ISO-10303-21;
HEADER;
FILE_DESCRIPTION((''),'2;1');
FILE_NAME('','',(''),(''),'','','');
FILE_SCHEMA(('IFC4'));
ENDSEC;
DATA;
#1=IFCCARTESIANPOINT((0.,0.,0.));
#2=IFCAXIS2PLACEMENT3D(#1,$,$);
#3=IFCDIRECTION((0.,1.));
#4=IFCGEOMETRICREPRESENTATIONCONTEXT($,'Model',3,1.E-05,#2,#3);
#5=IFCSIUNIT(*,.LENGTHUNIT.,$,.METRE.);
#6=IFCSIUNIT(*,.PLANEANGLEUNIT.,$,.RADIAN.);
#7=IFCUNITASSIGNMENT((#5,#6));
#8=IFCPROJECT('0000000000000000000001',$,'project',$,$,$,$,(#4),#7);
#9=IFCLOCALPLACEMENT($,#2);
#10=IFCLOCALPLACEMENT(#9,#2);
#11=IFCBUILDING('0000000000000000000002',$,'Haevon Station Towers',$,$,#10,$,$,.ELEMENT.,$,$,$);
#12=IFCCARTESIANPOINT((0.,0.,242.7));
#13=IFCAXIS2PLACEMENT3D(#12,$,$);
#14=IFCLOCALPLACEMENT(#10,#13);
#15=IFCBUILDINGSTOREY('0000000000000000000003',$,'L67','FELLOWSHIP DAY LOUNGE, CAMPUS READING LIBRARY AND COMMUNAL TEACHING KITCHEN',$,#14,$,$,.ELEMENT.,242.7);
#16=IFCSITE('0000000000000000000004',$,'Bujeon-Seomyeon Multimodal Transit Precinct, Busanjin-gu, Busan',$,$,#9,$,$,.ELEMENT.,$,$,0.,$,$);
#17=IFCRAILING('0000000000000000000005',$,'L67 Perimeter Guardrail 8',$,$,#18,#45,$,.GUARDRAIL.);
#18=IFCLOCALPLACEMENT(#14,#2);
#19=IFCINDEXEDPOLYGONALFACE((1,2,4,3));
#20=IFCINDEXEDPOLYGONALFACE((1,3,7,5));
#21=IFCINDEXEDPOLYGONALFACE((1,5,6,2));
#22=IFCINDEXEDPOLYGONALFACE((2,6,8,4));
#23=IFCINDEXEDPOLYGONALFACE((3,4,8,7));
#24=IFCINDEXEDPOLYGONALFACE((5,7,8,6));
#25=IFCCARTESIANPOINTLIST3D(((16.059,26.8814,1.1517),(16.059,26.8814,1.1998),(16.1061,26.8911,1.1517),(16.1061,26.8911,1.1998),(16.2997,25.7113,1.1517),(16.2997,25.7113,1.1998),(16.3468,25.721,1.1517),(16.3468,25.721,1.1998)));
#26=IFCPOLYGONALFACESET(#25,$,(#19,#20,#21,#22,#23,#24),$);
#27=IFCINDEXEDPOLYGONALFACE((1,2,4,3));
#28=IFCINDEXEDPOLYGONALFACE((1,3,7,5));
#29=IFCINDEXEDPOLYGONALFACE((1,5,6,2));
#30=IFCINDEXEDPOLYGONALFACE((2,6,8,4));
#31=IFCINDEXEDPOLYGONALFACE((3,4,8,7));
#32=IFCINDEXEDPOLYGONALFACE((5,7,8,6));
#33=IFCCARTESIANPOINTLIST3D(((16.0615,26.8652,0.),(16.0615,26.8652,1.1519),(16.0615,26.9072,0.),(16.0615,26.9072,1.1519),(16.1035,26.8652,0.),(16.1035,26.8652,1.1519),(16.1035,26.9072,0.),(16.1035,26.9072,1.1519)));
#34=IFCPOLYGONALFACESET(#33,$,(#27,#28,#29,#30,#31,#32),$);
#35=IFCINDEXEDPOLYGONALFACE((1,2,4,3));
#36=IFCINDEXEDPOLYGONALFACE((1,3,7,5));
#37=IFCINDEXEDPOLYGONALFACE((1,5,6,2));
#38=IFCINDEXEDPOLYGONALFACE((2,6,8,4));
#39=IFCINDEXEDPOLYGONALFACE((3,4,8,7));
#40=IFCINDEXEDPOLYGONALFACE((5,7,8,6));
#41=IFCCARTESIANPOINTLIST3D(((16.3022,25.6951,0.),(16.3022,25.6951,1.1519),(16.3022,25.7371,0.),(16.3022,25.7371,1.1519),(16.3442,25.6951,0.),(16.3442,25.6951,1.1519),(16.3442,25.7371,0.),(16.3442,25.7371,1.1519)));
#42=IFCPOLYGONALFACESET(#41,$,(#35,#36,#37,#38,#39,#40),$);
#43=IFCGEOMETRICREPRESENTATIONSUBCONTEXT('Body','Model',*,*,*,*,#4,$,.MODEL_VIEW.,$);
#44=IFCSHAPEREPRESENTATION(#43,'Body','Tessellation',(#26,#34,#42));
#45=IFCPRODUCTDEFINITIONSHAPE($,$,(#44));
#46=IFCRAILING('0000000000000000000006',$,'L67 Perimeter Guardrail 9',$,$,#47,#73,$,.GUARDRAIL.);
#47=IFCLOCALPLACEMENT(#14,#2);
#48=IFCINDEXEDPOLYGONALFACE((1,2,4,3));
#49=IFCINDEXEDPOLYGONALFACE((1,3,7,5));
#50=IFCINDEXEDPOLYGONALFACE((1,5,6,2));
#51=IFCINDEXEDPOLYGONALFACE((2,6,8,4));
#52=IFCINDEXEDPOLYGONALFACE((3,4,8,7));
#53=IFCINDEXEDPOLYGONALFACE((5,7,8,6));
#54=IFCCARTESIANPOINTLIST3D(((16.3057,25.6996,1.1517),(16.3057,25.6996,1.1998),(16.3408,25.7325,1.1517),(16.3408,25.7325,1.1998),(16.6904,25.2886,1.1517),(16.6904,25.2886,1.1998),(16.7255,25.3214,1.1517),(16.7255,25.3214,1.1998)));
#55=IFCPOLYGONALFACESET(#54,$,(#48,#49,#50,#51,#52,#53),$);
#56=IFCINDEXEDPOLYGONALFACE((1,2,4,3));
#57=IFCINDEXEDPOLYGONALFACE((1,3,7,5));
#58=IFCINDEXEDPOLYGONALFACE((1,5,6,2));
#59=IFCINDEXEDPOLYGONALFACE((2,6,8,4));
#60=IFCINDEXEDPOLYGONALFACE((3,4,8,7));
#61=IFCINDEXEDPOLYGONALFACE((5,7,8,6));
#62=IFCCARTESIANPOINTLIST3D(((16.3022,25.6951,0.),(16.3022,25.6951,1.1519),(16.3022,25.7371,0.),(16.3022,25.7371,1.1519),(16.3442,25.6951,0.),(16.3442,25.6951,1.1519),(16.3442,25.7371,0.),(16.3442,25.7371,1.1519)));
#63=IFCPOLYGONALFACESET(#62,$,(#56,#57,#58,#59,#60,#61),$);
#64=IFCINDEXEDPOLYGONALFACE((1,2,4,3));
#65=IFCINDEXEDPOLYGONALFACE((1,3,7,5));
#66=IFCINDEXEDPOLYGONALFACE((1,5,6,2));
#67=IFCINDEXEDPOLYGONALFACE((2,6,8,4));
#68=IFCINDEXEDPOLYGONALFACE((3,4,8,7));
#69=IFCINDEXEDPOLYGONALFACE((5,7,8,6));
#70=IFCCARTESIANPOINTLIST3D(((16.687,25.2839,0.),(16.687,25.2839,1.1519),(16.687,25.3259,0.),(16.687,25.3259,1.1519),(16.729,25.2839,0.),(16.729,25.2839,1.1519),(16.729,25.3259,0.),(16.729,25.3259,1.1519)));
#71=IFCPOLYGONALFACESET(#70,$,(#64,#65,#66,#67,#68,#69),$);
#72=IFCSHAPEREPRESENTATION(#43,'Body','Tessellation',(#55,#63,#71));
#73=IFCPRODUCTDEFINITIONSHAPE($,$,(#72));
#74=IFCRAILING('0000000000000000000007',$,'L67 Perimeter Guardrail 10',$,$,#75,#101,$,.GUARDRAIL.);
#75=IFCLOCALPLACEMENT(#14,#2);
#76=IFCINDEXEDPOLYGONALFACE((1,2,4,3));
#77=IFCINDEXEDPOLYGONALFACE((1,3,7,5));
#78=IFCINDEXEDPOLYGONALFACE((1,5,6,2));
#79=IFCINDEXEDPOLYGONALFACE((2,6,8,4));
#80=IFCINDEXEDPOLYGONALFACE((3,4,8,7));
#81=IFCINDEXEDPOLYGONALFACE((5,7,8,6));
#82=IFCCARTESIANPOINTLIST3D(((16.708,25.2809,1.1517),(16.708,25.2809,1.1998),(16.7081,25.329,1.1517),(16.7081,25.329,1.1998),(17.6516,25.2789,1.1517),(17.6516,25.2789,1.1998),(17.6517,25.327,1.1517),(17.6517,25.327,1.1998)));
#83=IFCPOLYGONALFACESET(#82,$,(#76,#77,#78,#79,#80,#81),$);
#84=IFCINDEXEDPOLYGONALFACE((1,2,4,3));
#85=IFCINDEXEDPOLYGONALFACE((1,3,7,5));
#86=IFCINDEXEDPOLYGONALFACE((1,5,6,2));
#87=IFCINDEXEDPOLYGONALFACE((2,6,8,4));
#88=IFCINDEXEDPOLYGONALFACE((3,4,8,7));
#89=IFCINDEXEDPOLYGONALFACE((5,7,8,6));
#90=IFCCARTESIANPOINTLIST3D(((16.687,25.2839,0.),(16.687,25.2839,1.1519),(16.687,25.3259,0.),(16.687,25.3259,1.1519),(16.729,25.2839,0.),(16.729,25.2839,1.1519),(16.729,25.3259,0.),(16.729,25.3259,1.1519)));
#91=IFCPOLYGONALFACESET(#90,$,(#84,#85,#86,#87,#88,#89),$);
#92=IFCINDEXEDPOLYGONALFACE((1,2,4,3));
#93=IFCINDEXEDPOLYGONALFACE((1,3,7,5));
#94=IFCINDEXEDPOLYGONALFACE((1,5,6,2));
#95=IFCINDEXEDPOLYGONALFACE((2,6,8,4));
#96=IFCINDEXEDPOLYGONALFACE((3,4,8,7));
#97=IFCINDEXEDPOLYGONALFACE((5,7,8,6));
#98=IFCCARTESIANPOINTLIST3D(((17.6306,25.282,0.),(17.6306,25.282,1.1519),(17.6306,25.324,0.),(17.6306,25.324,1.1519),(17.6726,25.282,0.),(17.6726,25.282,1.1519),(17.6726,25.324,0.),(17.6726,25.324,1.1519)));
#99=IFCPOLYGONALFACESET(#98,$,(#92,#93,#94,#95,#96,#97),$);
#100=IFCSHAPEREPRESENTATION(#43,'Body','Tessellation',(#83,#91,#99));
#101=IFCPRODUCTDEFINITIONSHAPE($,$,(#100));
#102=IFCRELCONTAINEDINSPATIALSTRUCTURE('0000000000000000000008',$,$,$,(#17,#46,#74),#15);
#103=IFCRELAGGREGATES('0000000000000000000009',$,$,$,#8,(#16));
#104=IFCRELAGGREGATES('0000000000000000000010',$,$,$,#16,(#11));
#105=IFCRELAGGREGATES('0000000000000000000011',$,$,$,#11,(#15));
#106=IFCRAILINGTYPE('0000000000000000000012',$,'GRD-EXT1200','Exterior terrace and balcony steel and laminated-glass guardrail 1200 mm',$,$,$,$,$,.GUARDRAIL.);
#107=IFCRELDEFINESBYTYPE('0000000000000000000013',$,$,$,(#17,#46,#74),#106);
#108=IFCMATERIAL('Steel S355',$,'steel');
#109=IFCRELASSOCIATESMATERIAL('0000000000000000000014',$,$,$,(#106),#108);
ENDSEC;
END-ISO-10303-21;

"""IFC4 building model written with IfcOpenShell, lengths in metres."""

from ifc_helpers import new_model, si_unit, direction, frame, origin, origin_2d, place, context, subcontext, project, spatial, rectangle, extrude, material, type_object, element, save


model = new_model("IFC4")

# Units and contexts
model_context = context("Model", 3, precision=1e-05, world=origin(), true_north=direction((0.0, 1.0)))
body_context = subcontext(model_context, "Body", "Model", "MODEL_VIEW")
ifc_project = project(units=[si_unit("LENGTHUNIT", "METRE"), si_unit("PLANEANGLEUNIT", "RADIAN")], contexts=[model_context])

# Site, building, storey
site_placement = place(None, origin())
site = spatial("IfcSite", under=ifc_project, at=site_placement, Name="Bujeon-Seomyeon Multimodal Transit Precinct, Busanjin-gu, Busan", CompositionType="ELEMENT", RefElevation=0.0)
building_placement = place(site_placement, origin())
building = spatial("IfcBuilding", under=site, at=building_placement, Name="Haevon Station Towers", CompositionType="ELEMENT")
storey_placement = place(building_placement, frame((0.0, 0.0, 242.7)))
storey = spatial("IfcBuildingStorey", under=building, at=storey_placement, Name="L67", Description="FELLOWSHIP DAY LOUNGE, CAMPUS READING LIBRARY AND COMMUNAL TEACHING KITCHEN", CompositionType="ELEMENT", Elevation=242.7)

# Shared definitions
ifc_material_1 = material(Name="Steel S355", Category="steel")

# Railings
railing_type = type_object("IfcRailingType", Name="GRD-EXT1200", Description="Exterior terrace and balcony steel and laminated-glass guardrail 1200 mm", PredefinedType="GUARDRAIL", material=ifc_material_1)
railing_1_placement = place(storey_placement, frame((16.0825, 26.8862, 0.0)))
element("IfcRailing", 1, at=railing_1_placement, inside=storey, type_object=railing_type, Name="L67 Perimeter Guardrail 8", PredefinedType="GUARDRAIL", context=body_context, shape_type="SweptSolid", body=[
    extrude(rectangle(XDim=0.0481, YDim=0.0481, at=origin_2d()), frame((0.0, 0.0, 1.1758), z_axis=(0.201497, -0.979489, 0.0), x_axis=(0.979489, 0.201497, 0.0)), (0.0, 0.0, 1.0), 1.1946),
    extrude(rectangle(XDim=0.042, YDim=0.042, at=origin_2d()), origin(), (0.0, 0.0, 1.0), 1.1519),
    extrude(rectangle(XDim=0.042, YDim=0.042, at=origin_2d()), frame((0.2407, -1.1702, 0.0)), (0.0, 0.0, 1.0), 1.1519),
])
railing_2_placement = place(storey_placement, frame((16.3232, 25.7161, 0.0)))
element("IfcRailing", 2, at=railing_2_placement, inside=storey, type_object=railing_type, Name="L67 Perimeter Guardrail 9", PredefinedType="GUARDRAIL", context=body_context, shape_type="SweptSolid", body=[
    extrude(rectangle(XDim=0.0481, YDim=0.0481, at=origin_2d()), frame((0.0, 0.0, 1.1758), z_axis=(0.683306, -0.730132, 0.0), x_axis=(0.730132, 0.683306, 0.0)), (0.0, 0.0, 1.0), 0.563),
    extrude(rectangle(XDim=0.042, YDim=0.042, at=origin_2d()), origin(), (0.0, 0.0, 1.0), 1.1519),
    extrude(rectangle(XDim=0.042, YDim=0.042, at=origin_2d()), frame((0.3848, -0.4111, 0.0)), (0.0, 0.0, 1.0), 1.1519),
])
railing_3_placement = place(storey_placement, frame((16.708, 25.3049, 0.0)))
element("IfcRailing", 3, at=railing_3_placement, inside=storey, type_object=railing_type, Name="L67 Perimeter Guardrail 10", PredefinedType="GUARDRAIL", context=body_context, shape_type="SweptSolid", body=[
    extrude(rectangle(XDim=0.0481, YDim=0.0481, at=origin_2d()), frame((0.0, 0.0, 1.1758), z_axis=(0.999998, -0.00207, 0.0), x_axis=(0.00207, 0.999998, 0.0)), (0.0, 0.0, 1.0), 0.9436),
    extrude(rectangle(XDim=0.042, YDim=0.042, at=origin_2d()), origin(), (0.0, 0.0, 1.0), 1.1519),
    extrude(rectangle(XDim=0.042, YDim=0.042, at=origin_2d()), frame((0.9436, -0.002, 0.0)), (0.0, 0.0, 1.0), 1.1519),
])

save(model, "model.ifc")
